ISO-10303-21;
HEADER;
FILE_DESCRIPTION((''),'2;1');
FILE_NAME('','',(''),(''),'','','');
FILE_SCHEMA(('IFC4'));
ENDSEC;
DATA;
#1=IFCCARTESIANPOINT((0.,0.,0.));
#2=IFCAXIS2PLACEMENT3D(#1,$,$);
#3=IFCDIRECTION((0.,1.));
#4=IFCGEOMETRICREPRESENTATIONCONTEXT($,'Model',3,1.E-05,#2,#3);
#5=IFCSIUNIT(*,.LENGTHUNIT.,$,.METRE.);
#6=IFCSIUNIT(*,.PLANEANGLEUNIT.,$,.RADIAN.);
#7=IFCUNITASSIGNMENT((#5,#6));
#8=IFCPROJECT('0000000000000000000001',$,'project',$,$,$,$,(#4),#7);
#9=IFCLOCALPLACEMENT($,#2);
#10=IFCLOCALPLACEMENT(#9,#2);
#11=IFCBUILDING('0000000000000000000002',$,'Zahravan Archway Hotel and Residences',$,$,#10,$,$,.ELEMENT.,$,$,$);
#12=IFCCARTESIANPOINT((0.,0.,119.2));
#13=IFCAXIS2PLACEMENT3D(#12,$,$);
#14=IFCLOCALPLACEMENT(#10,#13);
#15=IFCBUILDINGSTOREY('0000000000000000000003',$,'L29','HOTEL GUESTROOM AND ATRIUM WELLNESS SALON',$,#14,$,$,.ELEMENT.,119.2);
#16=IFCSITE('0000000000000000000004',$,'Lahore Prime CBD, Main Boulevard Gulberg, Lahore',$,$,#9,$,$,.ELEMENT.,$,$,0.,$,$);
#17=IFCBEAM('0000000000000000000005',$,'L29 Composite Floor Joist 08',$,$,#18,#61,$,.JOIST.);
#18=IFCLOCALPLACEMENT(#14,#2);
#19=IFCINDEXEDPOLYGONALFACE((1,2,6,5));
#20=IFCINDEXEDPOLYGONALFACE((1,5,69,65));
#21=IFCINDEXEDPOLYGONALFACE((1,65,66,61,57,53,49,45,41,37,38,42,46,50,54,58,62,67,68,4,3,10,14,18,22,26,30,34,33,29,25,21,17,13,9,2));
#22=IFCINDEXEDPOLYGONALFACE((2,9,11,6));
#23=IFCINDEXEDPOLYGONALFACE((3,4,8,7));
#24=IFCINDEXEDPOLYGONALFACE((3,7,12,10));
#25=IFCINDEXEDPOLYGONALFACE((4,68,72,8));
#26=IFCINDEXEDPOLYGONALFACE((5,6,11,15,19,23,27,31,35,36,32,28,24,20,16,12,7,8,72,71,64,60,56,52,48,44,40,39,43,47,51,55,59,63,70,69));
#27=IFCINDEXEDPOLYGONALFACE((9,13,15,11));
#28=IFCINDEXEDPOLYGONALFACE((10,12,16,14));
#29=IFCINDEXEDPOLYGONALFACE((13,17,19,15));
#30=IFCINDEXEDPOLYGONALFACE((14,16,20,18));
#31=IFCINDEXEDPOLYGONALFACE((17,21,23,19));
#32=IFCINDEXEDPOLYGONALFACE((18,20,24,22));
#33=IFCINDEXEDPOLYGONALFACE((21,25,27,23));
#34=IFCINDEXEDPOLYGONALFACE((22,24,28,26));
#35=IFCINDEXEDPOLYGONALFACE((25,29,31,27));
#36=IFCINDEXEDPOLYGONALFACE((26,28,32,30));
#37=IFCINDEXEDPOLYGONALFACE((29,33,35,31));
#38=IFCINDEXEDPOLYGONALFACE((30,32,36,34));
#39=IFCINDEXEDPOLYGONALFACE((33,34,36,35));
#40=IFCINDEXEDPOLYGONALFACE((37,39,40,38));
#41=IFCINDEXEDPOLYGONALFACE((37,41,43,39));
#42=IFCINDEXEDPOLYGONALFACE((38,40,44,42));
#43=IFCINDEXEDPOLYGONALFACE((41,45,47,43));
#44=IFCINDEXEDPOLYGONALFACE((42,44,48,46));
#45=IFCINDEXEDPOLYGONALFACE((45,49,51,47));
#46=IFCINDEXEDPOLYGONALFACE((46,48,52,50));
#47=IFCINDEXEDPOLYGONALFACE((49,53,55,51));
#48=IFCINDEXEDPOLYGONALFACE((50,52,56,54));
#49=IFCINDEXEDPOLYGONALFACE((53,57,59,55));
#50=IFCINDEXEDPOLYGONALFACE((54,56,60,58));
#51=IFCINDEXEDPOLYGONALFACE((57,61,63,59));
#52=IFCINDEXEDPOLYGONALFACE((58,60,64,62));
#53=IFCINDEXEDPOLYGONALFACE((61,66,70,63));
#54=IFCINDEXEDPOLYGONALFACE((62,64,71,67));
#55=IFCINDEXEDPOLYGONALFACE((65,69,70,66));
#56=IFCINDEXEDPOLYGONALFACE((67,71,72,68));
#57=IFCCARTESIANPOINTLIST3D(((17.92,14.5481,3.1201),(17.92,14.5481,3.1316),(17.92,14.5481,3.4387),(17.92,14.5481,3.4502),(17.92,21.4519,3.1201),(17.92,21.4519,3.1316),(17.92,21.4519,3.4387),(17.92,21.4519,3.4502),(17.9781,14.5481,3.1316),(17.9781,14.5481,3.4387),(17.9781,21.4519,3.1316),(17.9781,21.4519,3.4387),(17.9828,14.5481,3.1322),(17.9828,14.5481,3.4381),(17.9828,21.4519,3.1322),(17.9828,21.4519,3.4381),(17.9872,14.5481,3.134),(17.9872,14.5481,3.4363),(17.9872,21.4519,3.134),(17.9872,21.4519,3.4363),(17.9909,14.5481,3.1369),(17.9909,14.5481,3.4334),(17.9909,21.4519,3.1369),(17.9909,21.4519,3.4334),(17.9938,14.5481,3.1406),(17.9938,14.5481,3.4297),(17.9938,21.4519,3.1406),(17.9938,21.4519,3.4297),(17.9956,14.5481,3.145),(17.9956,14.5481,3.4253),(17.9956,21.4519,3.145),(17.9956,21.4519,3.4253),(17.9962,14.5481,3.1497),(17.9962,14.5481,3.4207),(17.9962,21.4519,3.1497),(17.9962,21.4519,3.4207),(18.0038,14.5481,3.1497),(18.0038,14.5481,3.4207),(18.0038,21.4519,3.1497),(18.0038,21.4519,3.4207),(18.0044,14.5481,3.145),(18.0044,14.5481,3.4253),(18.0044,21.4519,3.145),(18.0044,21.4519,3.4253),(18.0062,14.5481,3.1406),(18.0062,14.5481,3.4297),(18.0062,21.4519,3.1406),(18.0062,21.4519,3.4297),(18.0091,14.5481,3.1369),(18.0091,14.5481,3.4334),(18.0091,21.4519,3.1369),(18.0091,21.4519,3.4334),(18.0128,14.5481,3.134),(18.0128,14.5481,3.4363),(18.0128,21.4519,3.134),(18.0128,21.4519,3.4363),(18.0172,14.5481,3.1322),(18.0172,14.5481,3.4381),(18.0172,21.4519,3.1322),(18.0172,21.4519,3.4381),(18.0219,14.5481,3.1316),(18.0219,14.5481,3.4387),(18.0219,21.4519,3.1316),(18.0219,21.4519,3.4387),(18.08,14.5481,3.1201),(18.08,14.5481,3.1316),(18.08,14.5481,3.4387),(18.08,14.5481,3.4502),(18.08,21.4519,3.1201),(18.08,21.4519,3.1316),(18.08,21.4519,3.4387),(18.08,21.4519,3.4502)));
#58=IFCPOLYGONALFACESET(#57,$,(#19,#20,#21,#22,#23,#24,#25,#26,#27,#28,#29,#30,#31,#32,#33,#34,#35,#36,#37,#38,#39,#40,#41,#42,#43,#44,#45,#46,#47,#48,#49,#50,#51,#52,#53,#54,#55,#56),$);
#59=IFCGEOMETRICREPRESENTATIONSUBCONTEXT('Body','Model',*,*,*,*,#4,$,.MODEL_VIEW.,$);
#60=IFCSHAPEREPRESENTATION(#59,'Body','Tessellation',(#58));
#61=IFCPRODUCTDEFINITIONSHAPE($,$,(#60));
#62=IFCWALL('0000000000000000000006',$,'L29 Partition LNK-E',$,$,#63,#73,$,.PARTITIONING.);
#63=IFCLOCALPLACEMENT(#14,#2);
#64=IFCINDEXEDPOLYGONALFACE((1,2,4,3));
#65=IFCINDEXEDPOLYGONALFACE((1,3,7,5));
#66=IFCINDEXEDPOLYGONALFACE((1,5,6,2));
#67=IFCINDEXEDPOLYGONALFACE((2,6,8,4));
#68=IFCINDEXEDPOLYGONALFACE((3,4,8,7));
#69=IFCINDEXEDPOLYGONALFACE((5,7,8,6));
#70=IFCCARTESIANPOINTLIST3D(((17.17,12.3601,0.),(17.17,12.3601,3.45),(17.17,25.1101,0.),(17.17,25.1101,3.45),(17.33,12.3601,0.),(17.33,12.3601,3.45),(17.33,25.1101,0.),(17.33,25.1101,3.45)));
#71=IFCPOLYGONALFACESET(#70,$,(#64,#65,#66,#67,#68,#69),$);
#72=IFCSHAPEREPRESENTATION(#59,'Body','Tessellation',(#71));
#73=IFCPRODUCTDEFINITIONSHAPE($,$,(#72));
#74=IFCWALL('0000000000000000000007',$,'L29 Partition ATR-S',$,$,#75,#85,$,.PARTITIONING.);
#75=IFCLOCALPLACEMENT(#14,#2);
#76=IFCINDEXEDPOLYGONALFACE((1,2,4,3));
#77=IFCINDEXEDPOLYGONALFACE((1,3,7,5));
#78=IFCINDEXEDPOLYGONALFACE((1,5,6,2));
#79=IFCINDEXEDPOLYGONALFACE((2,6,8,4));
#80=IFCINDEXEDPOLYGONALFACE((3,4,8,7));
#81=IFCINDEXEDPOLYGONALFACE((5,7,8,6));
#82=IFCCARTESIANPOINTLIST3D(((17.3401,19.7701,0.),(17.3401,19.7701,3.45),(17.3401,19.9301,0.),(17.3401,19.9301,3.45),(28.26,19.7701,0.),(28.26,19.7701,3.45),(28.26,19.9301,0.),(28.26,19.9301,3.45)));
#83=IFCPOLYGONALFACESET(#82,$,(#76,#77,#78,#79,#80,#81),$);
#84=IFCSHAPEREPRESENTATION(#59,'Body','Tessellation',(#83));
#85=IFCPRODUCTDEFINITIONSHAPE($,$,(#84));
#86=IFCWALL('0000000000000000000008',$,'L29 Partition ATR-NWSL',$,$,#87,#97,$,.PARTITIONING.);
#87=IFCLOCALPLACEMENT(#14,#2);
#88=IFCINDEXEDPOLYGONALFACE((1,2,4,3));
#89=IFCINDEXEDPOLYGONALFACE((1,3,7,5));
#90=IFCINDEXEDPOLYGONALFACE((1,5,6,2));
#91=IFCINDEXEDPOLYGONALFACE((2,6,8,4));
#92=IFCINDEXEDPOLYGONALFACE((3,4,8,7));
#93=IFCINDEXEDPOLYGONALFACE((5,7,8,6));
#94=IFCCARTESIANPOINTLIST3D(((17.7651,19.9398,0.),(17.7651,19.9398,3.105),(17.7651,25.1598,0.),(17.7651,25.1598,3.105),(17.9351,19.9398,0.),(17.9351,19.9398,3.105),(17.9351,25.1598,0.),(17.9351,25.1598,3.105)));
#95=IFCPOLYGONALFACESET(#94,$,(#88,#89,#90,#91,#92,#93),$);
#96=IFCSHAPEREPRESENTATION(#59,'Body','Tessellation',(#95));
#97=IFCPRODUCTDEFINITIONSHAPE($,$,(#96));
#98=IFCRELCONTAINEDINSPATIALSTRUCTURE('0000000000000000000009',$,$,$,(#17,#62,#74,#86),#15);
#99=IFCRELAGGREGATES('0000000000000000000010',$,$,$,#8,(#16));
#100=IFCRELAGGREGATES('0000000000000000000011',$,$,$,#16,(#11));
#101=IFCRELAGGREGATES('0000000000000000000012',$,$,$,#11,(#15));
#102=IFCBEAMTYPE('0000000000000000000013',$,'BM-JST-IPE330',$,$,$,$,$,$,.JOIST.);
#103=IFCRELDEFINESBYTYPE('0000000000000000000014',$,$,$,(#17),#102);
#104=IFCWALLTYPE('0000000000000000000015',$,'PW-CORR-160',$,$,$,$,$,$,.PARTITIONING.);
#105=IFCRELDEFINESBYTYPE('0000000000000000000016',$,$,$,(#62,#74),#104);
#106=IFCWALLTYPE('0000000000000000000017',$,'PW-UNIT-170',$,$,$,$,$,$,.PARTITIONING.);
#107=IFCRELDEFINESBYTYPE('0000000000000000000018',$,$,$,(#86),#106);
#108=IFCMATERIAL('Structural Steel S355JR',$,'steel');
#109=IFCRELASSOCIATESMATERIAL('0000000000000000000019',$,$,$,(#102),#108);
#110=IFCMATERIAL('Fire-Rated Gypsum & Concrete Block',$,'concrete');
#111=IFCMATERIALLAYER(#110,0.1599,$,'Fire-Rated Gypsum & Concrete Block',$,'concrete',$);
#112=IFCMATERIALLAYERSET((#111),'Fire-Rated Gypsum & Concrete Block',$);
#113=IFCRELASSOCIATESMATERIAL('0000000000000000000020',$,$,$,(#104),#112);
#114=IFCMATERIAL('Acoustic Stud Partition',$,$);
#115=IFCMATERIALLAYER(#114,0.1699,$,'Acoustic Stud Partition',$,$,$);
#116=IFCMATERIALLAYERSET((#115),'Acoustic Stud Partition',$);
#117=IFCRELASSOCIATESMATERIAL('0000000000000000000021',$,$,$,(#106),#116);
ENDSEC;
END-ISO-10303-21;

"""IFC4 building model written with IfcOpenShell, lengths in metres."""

from ifc_helpers import new_model, si_unit, direction, frame, frame_2d, origin, origin_2d, place, context, subcontext, project, spatial, rectangle, i_section, extrude, source, transform, mapped, material, layer, layer_set, material_profile, profile_set, type_object, element, save


model = new_model("IFC4")

# Units and contexts
model_context = context("Model", 3, precision=1e-05, world=origin(), true_north=direction((0.0, 1.0)))
body_context = subcontext(model_context, "Body", "Model", "MODEL_VIEW")
ifc_project = project(units=[si_unit("LENGTHUNIT", "METRE"), si_unit("PLANEANGLEUNIT", "RADIAN")], contexts=[model_context])

# Site, building, storey
site_placement = place(None, origin())
site = spatial("IfcSite", under=ifc_project, at=site_placement, Name="Lahore Prime CBD, Main Boulevard Gulberg, Lahore", CompositionType="ELEMENT", RefElevation=0.0)
building_placement = place(site_placement, origin())
building = spatial("IfcBuilding", under=site, at=building_placement, Name="Zahravan Archway Hotel and Residences", CompositionType="ELEMENT")
storey_placement = place(building_placement, frame((0.0, 0.0, 119.2)))
storey = spatial("IfcBuildingStorey", under=building, at=storey_placement, Name="L29", Description="HOTEL GUESTROOM AND ATRIUM WELLNESS SALON", CompositionType="ELEMENT", Elevation=119.2)

# Beam
ifc_material_1 = material(Name="Structural Steel S355JR", Category="steel")
ifc_material_profile_1 = material_profile(ifc_material_1, i_section(OverallWidth=0.1599, OverallDepth=0.3301, WebThickness=0.0076, FlangeThickness=0.0115, FilletRadius=0.0181, at=origin_2d()), Name="IPE 330", Category="steel")
ifc_profile_set_1 = profile_set([ifc_material_profile_1], Name="Structural Steel S355JR")
beam_type_1 = type_object("IfcBeamType", Name="BM-JST-IPE330", PredefinedType="JOIST", material=ifc_profile_set_1)
shared_shape_1 = source(origin(), body_context, "Body", "SweptSolid", [
    extrude(i_section(OverallWidth=0.1599, OverallDepth=0.3301, WebThickness=0.0076, FlangeThickness=0.0115, FilletRadius=0.0181, at=origin_2d()), origin(), (0.0, 0.0, 1.0), 6.9038),
])
beam_1_placement = place(storey_placement, frame((18.0, 14.5481, 3.2852), z_axis=(0.0, 1.0, 0.0), x_axis=(-1.0, 0.0, 0.0)))
element("IfcBeam", 1, at=beam_1_placement, inside=storey, type_object=beam_type_1, Name="L29 Composite Floor Joist 08", PredefinedType="JOIST", context=body_context, shape_type="MappedRepresentation", body=[
    mapped(shared_shape_1, transform((0.0, 0.0, 0.0), scale=1.0)),
])

# Walls
ifc_material_2 = material(Name="Fire-Rated Gypsum & Concrete Block", Category="concrete")
ifc_layer_1 = layer(ifc_material_2, 0.1599, Name="Fire-Rated Gypsum & Concrete Block", Category="concrete")
ifc_layer_set_1 = layer_set([ifc_layer_1], Name="Fire-Rated Gypsum & Concrete Block")
wall_type_1 = type_object("IfcWallType", Name="PW-CORR-160", PredefinedType="PARTITIONING", material=ifc_layer_set_1)
wall_1_placement = place(storey_placement, frame((17.25, 12.3601, 0.0), z_axis=(0.0, 0.0, 1.0), x_axis=(0.0, 1.0, 0.0)))
element("IfcWall", 2, at=wall_1_placement, inside=storey, type_object=wall_type_1, Name="L29 Partition LNK-E", PredefinedType="PARTITIONING", context=body_context, shape_type="SweptSolid", body=[
    extrude(rectangle(XDim=12.75, YDim=0.1599, at=frame_2d((6.375, 0.0))), origin(), (0.0, 0.0, 1.0), 3.45),
])
wall_2_placement = place(storey_placement, frame((17.3401, 19.8501, 0.0), z_axis=(0.0, 0.0, 1.0), x_axis=(1.0, 0.0, 0.0)))
element("IfcWall", 3, at=wall_2_placement, inside=storey, type_object=wall_type_1, Name="L29 Partition ATR-S", PredefinedType="PARTITIONING", context=body_context, shape_type="SweptSolid", body=[
    extrude(rectangle(XDim=10.9199, YDim=0.1599, at=frame_2d((5.46, 0.0))), origin(), (0.0, 0.0, 1.0), 3.45),
])
ifc_material_3 = material(Name="Acoustic Stud Partition")
ifc_layer_2 = layer(ifc_material_3, 0.1699, Name="Acoustic Stud Partition")
ifc_layer_set_2 = layer_set([ifc_layer_2], Name="Acoustic Stud Partition")
wall_type_2 = type_object("IfcWallType", Name="PW-UNIT-170", PredefinedType="PARTITIONING", material=ifc_layer_set_2)
wall_3_placement = place(storey_placement, frame((17.8501, 19.9399, 0.0), z_axis=(0.0, 0.0, 1.0), x_axis=(0.0, 1.0, 0.0)))
element("IfcWall", 4, at=wall_3_placement, inside=storey, type_object=wall_type_2, Name="L29 Partition ATR-NWSL", PredefinedType="PARTITIONING", context=body_context, shape_type="SweptSolid", body=[
    extrude(rectangle(XDim=5.22, YDim=0.1699, at=frame_2d((2.6099, 0.0))), origin(), (0.0, 0.0, 1.0), 3.105),
])

save(model, "model.ifc")
